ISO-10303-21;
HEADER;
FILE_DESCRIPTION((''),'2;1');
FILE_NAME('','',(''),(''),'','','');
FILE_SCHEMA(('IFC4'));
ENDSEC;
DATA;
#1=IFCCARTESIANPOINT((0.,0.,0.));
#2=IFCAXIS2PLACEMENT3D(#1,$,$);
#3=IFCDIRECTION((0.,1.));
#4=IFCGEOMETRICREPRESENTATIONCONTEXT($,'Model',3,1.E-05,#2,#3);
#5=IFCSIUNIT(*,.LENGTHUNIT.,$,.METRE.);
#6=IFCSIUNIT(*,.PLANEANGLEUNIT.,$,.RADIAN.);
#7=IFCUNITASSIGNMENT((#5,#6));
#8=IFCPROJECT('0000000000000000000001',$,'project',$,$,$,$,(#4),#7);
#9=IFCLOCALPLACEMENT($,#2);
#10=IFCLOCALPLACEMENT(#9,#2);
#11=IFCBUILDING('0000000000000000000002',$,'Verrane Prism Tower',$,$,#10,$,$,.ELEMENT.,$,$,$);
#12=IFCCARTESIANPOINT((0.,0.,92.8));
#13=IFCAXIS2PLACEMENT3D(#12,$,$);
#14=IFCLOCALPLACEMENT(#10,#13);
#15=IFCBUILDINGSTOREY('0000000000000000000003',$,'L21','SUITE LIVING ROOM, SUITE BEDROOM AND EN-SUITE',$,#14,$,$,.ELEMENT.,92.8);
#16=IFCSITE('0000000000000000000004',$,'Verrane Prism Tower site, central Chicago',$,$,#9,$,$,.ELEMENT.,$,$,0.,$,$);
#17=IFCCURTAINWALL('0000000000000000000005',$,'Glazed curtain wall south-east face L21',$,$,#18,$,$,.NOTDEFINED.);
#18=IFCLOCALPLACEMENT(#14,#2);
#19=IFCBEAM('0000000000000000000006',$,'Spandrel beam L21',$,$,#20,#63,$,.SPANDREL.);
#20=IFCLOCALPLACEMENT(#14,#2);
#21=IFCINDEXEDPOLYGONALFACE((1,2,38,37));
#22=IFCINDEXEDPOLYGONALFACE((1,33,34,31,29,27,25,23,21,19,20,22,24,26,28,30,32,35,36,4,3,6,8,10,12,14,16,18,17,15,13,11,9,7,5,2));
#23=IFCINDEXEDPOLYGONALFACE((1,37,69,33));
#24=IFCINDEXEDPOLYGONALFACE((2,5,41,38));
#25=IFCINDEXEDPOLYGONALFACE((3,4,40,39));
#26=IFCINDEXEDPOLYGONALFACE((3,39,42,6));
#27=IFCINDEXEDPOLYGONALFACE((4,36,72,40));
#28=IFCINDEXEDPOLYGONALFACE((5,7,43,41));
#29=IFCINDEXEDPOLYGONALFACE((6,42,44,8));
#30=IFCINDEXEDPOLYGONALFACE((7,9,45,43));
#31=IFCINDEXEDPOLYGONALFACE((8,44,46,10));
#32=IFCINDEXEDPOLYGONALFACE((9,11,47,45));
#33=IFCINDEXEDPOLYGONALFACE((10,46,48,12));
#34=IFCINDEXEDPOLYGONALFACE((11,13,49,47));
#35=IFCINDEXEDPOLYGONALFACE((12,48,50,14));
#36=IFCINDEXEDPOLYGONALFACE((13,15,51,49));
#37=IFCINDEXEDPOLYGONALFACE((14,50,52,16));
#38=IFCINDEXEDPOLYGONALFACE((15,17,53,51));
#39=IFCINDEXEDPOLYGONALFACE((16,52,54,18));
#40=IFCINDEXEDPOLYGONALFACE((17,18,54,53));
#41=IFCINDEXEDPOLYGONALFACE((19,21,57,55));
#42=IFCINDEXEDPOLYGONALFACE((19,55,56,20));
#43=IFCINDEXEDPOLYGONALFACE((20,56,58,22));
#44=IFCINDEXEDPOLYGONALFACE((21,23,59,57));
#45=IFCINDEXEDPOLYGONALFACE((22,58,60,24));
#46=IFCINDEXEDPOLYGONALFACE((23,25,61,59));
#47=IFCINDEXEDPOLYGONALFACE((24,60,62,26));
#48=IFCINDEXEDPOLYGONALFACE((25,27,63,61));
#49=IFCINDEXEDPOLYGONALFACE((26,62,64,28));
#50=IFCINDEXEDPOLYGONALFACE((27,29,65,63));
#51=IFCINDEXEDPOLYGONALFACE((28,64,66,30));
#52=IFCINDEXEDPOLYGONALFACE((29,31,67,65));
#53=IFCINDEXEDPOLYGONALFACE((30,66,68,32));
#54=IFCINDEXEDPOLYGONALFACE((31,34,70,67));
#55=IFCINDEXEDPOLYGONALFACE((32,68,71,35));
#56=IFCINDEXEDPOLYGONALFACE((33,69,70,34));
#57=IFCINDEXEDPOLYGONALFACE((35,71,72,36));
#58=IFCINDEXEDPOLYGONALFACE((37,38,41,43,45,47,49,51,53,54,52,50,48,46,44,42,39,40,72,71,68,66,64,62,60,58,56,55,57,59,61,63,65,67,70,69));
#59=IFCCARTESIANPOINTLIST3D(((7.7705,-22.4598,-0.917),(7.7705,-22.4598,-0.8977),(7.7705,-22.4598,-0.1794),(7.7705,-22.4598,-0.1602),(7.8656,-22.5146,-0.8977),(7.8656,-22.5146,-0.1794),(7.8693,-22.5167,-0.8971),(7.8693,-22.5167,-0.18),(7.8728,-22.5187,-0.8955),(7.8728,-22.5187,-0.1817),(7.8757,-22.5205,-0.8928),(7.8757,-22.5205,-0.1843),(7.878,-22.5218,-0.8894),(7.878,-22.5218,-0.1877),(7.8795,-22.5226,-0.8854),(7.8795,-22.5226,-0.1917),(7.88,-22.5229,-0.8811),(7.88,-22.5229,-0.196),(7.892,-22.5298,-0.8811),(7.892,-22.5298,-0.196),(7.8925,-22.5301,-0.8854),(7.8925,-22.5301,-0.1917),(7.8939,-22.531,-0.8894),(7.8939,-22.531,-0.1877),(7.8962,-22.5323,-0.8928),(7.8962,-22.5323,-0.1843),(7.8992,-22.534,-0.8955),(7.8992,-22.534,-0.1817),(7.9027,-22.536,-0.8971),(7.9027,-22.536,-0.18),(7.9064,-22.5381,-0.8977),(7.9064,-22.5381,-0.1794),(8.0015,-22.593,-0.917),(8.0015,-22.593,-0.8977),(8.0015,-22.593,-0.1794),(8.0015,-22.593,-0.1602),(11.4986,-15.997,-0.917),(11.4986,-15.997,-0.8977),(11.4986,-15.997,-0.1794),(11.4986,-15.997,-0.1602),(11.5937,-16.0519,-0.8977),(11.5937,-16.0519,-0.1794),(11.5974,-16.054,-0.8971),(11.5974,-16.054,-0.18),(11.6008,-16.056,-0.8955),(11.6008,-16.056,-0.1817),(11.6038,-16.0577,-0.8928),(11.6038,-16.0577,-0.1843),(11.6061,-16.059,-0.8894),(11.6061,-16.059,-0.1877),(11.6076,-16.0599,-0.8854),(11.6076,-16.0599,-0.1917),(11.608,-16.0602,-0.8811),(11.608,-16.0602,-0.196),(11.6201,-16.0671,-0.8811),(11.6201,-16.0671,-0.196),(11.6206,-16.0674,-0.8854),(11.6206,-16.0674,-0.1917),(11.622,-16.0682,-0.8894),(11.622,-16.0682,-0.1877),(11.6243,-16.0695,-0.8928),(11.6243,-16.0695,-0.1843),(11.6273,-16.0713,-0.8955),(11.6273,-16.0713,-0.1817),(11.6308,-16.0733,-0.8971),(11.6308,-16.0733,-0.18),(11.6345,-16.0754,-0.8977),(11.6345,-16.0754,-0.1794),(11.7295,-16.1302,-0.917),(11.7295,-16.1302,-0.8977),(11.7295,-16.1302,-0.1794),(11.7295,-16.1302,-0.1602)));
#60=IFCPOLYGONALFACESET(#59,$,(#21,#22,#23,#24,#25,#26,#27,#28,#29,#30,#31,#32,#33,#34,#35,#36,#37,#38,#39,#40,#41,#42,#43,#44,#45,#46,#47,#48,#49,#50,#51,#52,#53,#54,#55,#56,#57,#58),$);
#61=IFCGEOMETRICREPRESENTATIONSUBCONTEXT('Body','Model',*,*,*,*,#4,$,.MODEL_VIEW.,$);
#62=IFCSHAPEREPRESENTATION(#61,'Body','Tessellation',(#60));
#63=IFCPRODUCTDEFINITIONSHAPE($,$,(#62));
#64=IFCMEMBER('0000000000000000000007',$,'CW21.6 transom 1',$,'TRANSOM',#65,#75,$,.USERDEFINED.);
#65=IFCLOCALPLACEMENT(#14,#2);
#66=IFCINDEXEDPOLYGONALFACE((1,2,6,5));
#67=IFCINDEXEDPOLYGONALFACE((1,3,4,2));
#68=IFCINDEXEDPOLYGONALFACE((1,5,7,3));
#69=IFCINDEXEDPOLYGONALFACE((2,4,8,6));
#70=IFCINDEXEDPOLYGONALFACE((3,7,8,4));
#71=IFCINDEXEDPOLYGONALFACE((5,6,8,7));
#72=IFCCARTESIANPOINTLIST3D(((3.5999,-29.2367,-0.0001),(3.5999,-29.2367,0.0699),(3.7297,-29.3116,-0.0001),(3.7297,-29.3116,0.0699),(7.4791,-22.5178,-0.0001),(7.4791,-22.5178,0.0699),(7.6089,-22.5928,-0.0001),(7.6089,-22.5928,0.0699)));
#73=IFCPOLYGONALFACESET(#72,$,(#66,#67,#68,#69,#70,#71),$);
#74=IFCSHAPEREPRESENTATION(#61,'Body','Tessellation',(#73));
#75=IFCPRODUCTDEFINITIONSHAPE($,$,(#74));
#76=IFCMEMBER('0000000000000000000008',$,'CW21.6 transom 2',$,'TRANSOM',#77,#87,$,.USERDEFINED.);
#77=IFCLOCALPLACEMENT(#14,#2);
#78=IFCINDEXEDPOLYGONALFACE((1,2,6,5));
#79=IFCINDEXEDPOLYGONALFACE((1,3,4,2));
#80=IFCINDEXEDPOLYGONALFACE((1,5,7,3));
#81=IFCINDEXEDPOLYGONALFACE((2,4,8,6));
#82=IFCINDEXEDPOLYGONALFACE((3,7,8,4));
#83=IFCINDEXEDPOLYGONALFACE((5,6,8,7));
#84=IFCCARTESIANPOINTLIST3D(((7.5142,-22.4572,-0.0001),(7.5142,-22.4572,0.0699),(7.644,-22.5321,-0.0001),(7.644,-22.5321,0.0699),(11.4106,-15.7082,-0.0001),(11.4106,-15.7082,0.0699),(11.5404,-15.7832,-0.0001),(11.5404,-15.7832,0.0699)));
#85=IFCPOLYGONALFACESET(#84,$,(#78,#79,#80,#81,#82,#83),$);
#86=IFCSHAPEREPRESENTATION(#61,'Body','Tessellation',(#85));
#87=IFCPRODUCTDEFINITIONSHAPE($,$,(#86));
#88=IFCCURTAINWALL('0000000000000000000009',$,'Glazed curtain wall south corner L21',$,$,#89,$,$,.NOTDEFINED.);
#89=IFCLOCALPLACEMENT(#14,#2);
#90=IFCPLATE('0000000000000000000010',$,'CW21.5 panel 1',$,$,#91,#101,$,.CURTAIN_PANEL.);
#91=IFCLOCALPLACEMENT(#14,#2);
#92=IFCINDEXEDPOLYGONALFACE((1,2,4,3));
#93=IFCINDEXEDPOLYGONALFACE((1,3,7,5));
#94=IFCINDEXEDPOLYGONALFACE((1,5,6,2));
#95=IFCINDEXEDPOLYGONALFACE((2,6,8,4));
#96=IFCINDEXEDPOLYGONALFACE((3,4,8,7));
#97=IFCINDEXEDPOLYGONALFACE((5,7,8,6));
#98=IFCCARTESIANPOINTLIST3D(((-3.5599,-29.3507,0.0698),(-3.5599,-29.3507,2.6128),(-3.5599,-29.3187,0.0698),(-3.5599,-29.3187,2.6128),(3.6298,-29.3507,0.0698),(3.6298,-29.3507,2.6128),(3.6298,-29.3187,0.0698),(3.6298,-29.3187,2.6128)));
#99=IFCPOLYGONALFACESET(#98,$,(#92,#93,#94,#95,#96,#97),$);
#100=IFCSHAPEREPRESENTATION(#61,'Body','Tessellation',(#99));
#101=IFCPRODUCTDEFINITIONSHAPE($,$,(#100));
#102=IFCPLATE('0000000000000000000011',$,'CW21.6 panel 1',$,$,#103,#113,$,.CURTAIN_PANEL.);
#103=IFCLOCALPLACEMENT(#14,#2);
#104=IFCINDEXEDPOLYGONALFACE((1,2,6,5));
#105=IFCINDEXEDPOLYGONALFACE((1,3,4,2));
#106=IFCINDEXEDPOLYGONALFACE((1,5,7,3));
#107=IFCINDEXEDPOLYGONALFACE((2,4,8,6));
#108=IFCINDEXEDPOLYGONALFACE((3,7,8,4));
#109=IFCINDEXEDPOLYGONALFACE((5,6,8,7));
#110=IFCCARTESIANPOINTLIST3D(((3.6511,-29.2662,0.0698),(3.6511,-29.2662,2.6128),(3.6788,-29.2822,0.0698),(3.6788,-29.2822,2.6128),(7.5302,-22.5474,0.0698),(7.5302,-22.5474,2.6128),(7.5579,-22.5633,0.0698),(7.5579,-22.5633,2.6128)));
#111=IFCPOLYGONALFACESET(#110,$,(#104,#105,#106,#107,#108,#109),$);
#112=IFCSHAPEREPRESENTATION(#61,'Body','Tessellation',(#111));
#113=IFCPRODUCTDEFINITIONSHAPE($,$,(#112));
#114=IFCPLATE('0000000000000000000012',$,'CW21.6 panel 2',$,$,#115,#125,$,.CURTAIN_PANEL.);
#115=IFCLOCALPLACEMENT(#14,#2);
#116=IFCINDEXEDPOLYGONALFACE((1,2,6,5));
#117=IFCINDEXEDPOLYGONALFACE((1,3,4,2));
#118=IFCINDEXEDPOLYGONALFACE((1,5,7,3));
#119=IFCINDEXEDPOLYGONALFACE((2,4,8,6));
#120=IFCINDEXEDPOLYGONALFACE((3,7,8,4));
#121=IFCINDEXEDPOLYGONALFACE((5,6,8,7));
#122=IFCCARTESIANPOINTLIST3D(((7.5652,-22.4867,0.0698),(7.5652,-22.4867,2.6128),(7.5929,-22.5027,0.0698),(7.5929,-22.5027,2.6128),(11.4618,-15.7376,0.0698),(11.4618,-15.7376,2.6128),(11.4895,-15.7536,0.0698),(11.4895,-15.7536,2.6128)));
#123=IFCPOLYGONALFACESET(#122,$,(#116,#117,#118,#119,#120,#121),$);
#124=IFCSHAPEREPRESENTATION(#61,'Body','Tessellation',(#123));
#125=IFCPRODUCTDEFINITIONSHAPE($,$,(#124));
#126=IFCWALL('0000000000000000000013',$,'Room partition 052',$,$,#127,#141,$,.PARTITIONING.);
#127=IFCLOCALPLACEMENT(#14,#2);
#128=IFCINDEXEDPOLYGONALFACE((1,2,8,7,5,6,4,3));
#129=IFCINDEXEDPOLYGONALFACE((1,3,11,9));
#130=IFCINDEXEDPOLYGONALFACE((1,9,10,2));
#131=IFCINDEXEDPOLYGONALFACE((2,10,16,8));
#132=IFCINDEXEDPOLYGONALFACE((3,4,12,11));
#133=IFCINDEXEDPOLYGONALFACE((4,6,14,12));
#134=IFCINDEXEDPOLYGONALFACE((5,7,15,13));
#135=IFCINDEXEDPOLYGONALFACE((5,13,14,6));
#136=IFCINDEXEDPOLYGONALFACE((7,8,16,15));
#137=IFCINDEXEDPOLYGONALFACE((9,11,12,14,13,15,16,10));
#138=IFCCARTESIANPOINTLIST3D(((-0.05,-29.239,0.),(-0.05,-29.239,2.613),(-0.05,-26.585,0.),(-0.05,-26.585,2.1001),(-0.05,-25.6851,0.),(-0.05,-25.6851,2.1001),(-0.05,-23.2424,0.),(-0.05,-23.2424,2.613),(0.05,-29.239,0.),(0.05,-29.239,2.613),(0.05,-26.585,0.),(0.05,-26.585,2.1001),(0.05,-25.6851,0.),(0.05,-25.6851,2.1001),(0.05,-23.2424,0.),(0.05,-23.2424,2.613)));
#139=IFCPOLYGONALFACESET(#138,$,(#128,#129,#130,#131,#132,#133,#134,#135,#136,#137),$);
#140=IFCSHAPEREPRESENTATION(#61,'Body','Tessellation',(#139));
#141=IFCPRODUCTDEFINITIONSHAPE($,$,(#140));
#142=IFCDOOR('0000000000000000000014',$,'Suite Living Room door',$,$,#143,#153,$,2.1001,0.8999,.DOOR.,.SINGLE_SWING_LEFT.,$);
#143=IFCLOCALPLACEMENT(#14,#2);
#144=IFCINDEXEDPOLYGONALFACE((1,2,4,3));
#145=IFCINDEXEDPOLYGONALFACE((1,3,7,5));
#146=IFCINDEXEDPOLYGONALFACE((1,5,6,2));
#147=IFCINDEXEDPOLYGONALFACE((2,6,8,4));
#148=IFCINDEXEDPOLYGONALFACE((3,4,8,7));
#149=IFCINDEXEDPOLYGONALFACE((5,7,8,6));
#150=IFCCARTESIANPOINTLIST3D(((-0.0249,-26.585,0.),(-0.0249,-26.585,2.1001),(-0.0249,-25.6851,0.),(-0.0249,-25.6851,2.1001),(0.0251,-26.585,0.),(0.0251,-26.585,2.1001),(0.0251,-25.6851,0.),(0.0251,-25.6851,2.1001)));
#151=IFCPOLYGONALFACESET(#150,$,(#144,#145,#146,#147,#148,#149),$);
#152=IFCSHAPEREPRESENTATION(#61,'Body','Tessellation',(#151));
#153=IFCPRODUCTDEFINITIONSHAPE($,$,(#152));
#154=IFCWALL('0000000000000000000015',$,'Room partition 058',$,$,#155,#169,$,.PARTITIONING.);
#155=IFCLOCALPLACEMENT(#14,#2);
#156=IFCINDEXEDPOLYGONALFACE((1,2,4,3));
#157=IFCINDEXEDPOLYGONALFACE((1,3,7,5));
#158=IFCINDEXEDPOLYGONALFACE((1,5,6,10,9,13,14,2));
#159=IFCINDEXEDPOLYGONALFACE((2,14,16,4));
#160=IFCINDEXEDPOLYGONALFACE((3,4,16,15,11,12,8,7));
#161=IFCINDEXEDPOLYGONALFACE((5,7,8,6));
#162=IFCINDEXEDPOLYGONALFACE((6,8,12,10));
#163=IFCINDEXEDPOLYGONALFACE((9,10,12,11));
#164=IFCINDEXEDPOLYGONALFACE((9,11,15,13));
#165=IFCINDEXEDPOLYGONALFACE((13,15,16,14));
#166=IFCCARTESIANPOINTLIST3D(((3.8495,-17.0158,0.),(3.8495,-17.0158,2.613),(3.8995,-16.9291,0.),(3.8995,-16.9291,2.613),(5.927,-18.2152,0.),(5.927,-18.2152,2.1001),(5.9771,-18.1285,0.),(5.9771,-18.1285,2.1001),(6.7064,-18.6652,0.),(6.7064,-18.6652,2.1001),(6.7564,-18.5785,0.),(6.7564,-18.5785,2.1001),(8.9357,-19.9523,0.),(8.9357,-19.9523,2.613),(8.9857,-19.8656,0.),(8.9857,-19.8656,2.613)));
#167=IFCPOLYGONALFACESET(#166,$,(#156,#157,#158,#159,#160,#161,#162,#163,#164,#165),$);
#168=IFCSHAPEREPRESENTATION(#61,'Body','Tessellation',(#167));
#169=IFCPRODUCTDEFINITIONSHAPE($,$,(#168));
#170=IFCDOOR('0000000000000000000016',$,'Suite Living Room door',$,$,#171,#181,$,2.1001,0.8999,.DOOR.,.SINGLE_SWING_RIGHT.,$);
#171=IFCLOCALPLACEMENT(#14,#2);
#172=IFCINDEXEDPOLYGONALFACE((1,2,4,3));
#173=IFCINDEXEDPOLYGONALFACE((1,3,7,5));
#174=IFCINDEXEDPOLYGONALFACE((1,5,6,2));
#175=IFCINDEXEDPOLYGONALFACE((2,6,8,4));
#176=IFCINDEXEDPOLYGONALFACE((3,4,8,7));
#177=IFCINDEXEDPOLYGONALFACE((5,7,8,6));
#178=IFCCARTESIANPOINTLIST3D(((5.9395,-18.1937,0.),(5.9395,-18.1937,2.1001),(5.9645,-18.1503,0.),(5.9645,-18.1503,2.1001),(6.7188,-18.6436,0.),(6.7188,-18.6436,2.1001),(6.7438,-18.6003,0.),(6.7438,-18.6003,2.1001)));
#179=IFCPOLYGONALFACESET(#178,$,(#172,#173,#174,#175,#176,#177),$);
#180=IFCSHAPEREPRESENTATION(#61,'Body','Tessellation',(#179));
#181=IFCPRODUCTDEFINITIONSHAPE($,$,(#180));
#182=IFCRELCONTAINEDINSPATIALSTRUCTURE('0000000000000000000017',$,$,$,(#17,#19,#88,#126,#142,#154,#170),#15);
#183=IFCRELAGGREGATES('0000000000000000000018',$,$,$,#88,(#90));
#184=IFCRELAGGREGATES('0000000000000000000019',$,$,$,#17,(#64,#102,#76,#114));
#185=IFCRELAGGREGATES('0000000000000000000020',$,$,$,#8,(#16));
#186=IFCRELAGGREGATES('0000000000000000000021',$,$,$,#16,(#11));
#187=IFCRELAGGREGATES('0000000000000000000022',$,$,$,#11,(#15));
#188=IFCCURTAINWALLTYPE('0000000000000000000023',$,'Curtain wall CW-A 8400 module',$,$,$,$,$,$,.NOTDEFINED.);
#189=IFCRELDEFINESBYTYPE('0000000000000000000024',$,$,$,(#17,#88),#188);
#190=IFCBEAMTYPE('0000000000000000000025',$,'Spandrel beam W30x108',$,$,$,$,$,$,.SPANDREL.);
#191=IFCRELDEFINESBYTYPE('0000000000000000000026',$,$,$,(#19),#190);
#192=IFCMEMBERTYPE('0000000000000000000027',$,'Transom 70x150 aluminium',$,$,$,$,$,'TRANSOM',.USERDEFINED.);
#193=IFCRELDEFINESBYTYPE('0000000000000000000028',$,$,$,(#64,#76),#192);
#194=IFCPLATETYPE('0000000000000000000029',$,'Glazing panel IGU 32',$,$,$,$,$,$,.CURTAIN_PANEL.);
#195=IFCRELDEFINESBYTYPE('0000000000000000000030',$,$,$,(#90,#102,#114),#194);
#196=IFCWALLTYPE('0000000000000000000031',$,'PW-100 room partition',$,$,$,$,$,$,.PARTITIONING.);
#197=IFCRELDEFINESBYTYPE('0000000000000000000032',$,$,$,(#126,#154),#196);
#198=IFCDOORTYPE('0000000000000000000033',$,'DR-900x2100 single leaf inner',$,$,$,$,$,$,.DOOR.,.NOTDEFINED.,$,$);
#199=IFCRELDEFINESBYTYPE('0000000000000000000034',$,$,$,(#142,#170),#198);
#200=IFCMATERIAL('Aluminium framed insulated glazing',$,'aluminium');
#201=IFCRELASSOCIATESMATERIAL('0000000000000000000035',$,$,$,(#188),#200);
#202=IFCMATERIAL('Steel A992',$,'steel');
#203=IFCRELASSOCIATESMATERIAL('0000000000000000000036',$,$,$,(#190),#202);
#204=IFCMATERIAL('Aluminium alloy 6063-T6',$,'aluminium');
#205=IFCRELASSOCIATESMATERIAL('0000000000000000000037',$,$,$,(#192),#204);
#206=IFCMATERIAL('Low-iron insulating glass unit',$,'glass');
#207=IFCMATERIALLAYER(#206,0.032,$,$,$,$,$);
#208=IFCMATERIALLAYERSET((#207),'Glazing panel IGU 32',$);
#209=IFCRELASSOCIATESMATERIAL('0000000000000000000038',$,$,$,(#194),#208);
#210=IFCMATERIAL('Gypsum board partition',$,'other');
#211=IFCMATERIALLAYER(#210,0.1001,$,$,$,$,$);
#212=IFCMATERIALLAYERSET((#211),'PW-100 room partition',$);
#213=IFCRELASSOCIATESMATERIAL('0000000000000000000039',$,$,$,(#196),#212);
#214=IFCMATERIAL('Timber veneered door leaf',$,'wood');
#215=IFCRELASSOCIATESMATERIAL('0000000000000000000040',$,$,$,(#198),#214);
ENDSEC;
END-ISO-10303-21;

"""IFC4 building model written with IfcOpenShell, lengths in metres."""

from ifc_helpers import new_model, si_unit, direction, frame, frame_2d, origin, origin_2d, place, context, subcontext, project, spatial, rectangle, i_section, extrude, material, layer, layer_set, material_profile, profile_set, type_object, element, fill, aggregate, save


model = new_model("IFC4")

# Units and contexts
model_context = context("Model", 3, precision=1e-05, world=origin(), true_north=direction((0.0, 1.0)))
body_context = subcontext(model_context, "Body", "Model", "MODEL_VIEW")
ifc_project = project(units=[si_unit("LENGTHUNIT", "METRE"), si_unit("PLANEANGLEUNIT", "RADIAN")], contexts=[model_context])

# Site, building, storey
site_placement = place(None, origin())
site = spatial("IfcSite", under=ifc_project, at=site_placement, Name="Verrane Prism Tower site, central Chicago", CompositionType="ELEMENT", RefElevation=0.0)
building_placement = place(site_placement, origin())
building = spatial("IfcBuilding", under=site, at=building_placement, Name="Verrane Prism Tower", CompositionType="ELEMENT")
storey_placement = place(building_placement, frame((0.0, 0.0, 92.8)))
storey = spatial("IfcBuildingStorey", under=building, at=storey_placement, Name="L21", Description="SUITE LIVING ROOM, SUITE BEDROOM AND EN-SUITE", CompositionType="ELEMENT", Elevation=92.8)

# Curtain wall
ifc_material_1 = material(Name="Aluminium framed insulated glazing", Category="aluminium")
curtain_wall_type = type_object("IfcCurtainWallType", Name="Curtain wall CW-A 8400 module", PredefinedType="NOTDEFINED", material=ifc_material_1)
curtain_wall_1_placement = place(storey_placement, origin())
curtain_wall_1 = element("IfcCurtainWall", 1, at=curtain_wall_1_placement, inside=storey, type_object=curtain_wall_type, Name="Glazed curtain wall south-east face L21", PredefinedType="NOTDEFINED")

# Beam
ifc_material_2 = material(Name="Steel A992", Category="steel")
ifc_material_profile_1 = material_profile(ifc_material_2, i_section(OverallWidth=0.2666, OverallDepth=0.7568, WebThickness=0.0139, FlangeThickness=0.0193, FilletRadius=0.0166, at=origin_2d()), Name="W30x108")
ifc_profile_set_1 = profile_set([ifc_material_profile_1], Name="Steel A992")
beam_type_1 = type_object("IfcBeamType", Name="Spandrel beam W30x108", PredefinedType="SPANDREL", material=ifc_profile_set_1)
beam_1_placement = place(storey_placement, frame((7.886, -22.5264, -0.5386), z_axis=(0.49968, 0.86621, 0.0), x_axis=(-0.86621, 0.49968, 0.0)))
element("IfcBeam", 2, at=beam_1_placement, inside=storey, type_object=beam_type_1, Name="Spandrel beam L21", PredefinedType="SPANDREL", context=body_context, shape_type="SweptSolid", body=[
    extrude(i_section(OverallWidth=0.2666, OverallDepth=0.7568, WebThickness=0.0139, FlangeThickness=0.0193, FilletRadius=0.0166, at=origin_2d()), origin(), (0.0, 0.0, 1.0), 7.4609),
])

# Members
ifc_material_3 = material(Name="Aluminium alloy 6063-T6", Category="aluminium")
ifc_material_profile_2 = material_profile(ifc_material_3, rectangle(XDim=0.1499, YDim=0.0701, at=origin_2d()), Name="Transom 70x150 aluminium")
ifc_profile_set_2 = profile_set([ifc_material_profile_2], Name="Aluminium alloy 6063-T6")
member_type_1 = type_object("IfcMemberType", Name="Transom 70x150 aluminium", ElementType="TRANSOM", PredefinedType="USERDEFINED", material=ifc_profile_set_2)
member_1_placement = place(storey_placement, frame((3.6648, -29.2742, 0.0349), z_axis=(0.500008, 0.866021, 0.0), x_axis=(-0.866021, 0.500008, 0.0)))
member_1 = element("IfcMember", 3, at=member_1_placement, type_object=member_type_1, Name="CW21.6 transom 1", ObjectType="TRANSOM", PredefinedType="USERDEFINED", context=body_context, shape_type="SweptSolid", body=[
    extrude(rectangle(XDim=0.1499, YDim=0.0701, at=origin_2d()), origin(), (0.0, 0.0, 1.0), 7.7583),
])
member_2_placement = place(storey_placement, frame((7.5791, -22.4946, 0.0349), z_axis=(0.499994, 0.866029, 0.0), x_axis=(-0.866029, 0.499994, 0.0)))
member_2 = element("IfcMember", 4, at=member_2_placement, type_object=member_type_1, Name="CW21.6 transom 2", ObjectType="TRANSOM", PredefinedType="USERDEFINED", context=body_context, shape_type="SweptSolid", body=[
    extrude(rectangle(XDim=0.1499, YDim=0.0701, at=origin_2d()), origin(), (0.0, 0.0, 1.0), 7.793),
])

# Curtain wall, plate
curtain_wall_2_placement = place(storey_placement, origin())
curtain_wall_2 = element("IfcCurtainWall", 5, at=curtain_wall_2_placement, inside=storey, type_object=curtain_wall_type, Name="Glazed curtain wall south corner L21", PredefinedType="NOTDEFINED")
ifc_material_4 = material(Name="Low-iron insulating glass unit", Category="glass")
ifc_layer_1 = layer(ifc_material_4, 0.032)
ifc_layer_set_1 = layer_set([ifc_layer_1], Name="Glazing panel IGU 32")
plate_type = type_object("IfcPlateType", Name="Glazing panel IGU 32", PredefinedType="CURTAIN_PANEL", material=ifc_layer_set_1)
plate_1_placement = place(storey_placement, frame((0.0349, -29.3347, 0.0698), z_axis=(0.0, 0.0, 1.0), x_axis=(1.0, 0.0, 0.0)))
plate_1 = element("IfcPlate", 6, at=plate_1_placement, type_object=plate_type, Name="CW21.5 panel 1", PredefinedType="CURTAIN_PANEL", context=body_context, shape_type="SweptSolid", body=[
    extrude(rectangle(XDim=7.1897, YDim=0.032, at=origin_2d()), origin(), (0.0, 0.0, 1.0), 2.543),
])
aggregate(curtain_wall_2, [plate_1])

# Plates
plate_2_placement = place(storey_placement, frame((5.6045, -25.9148, 0.0698), z_axis=(0.0, 0.0, 1.0), x_axis=(0.5, 0.866026, 0.0)))
plate_2 = element("IfcPlate", 7, at=plate_2_placement, type_object=plate_type, Name="CW21.6 panel 1", PredefinedType="CURTAIN_PANEL", context=body_context, shape_type="SweptSolid", body=[
    extrude(rectangle(XDim=7.7583, YDim=0.032, at=origin_2d()), origin(), (0.0, 0.0, 1.0), 2.543),
])
plate_3_placement = place(storey_placement, frame((9.5273, -19.1201, 0.0698), z_axis=(0.0, 0.0, 1.0), x_axis=(0.5, 0.866026, 0.0)))
plate_3 = element("IfcPlate", 8, at=plate_3_placement, type_object=plate_type, Name="CW21.6 panel 2", PredefinedType="CURTAIN_PANEL", context=body_context, shape_type="SweptSolid", body=[
    extrude(rectangle(XDim=7.7932, YDim=0.032, at=origin_2d()), origin(), (0.0, 0.0, 1.0), 2.543),
])
aggregate(curtain_wall_1, [member_1, plate_2, member_2, plate_3])

# Walls, openings, doors
ifc_material_5 = material(Name="Gypsum board partition", Category="other")
ifc_layer_2 = layer(ifc_material_5, 0.1001)
ifc_layer_set_2 = layer_set([ifc_layer_2], Name="PW-100 room partition")
wall_type_1 = type_object("IfcWallType", Name="PW-100 room partition", PredefinedType="PARTITIONING", material=ifc_layer_set_2)
wall_1_placement = place(storey_placement, frame((0.0, -29.239, 0.0), z_axis=(0.0, 0.0, 1.0), x_axis=(0.0, 1.0, 0.0)))
wall_1 = element("IfcWall", 9, at=wall_1_placement, inside=storey, type_object=wall_type_1, Name="Room partition 052", PredefinedType="PARTITIONING", context=body_context, shape_type="SweptSolid", body=[
    extrude(rectangle(XDim=5.9966, YDim=0.1001, at=frame_2d((2.9983, 0.0))), origin(), (0.0, 0.0, 1.0), 2.613),
])
opening_1_placement = place(wall_1_placement, frame((2.6541, 0.0, 0.0)))
opening_1 = element("IfcOpeningElement", 10, at=opening_1_placement, cuts=wall_1, PredefinedType="OPENING", context=body_context, shape_type="SweptSolid", body=[
    extrude(rectangle(XDim=0.8999, YDim=2.1001, at=frame_2d((0.45, 1.05))), frame((0.0, 0.0601, 0.0), z_axis=(0.0, -1.0, 0.0), x_axis=(1.0, 0.0, 0.0)), (0.0, 0.0, 1.0), 0.1201),
])
ifc_material_6 = material(Name="Timber veneered door leaf", Category="wood")
door_type_1 = type_object("IfcDoorType", Name="DR-900x2100 single leaf inner", OperationType="NOTDEFINED", PredefinedType="DOOR", material=ifc_material_6)
door_1_placement = place(opening_1_placement, origin())
door_1 = element("IfcDoor", 11, at=door_1_placement, inside=storey, type_object=door_type_1, Name="Suite Living Room door", OperationType="SINGLE_SWING_LEFT", OverallHeight=2.1001, OverallWidth=0.8999, PredefinedType="DOOR", context=body_context, shape_type="SweptSolid", body=[
    extrude(rectangle(XDim=0.8999, YDim=2.1001, at=frame_2d((0.45, 1.05))), frame((0.0, 0.0249, 0.0), z_axis=(0.0, -1.0, 0.0), x_axis=(1.0, 0.0, 0.0)), (0.0, 0.0, 1.0), 0.05),
])
fill(opening_1, door_1)
wall_2_placement = place(storey_placement, frame((3.8745, -16.9724, 0.0), z_axis=(0.0, 0.0, 1.0), x_axis=(0.866024, -0.500002, 0.0)))
wall_2 = element("IfcWall", 12, at=wall_2_placement, inside=storey, type_object=wall_type_1, Name="Room partition 058", PredefinedType="PARTITIONING", context=body_context, shape_type="SweptSolid", body=[
    extrude(rectangle(XDim=5.873, YDim=0.1001, at=frame_2d((2.9365, 0.0))), origin(), (0.0, 0.0, 1.0), 2.613),
])
opening_2_placement = place(wall_2_placement, frame((2.3989, 0.0, 0.0)))
opening_2 = element("IfcOpeningElement", 13, at=opening_2_placement, cuts=wall_2, PredefinedType="OPENING", context=body_context, shape_type="SweptSolid", body=[
    extrude(rectangle(XDim=0.8999, YDim=2.1001, at=frame_2d((0.45, 1.05))), frame((0.0, 0.0601, 0.0), z_axis=(0.0, -1.0, 0.0), x_axis=(1.0, 0.0, 0.0)), (0.0, 0.0, 1.0), 0.1201),
])
door_2_placement = place(opening_2_placement, origin())
door_2 = element("IfcDoor", 14, at=door_2_placement, inside=storey, type_object=door_type_1, Name="Suite Living Room door", OperationType="SINGLE_SWING_RIGHT", OverallHeight=2.1001, OverallWidth=0.8999, PredefinedType="DOOR", context=body_context, shape_type="SweptSolid", body=[
    extrude(rectangle(XDim=0.8999, YDim=2.1001, at=frame_2d((0.45, 1.05))), frame((0.0, 0.0249, 0.0), z_axis=(0.0, -1.0, 0.0), x_axis=(1.0, 0.0, 0.0)), (0.0, 0.0, 1.0), 0.05),
])
fill(opening_2, door_2)

save(model, "model.ifc")
